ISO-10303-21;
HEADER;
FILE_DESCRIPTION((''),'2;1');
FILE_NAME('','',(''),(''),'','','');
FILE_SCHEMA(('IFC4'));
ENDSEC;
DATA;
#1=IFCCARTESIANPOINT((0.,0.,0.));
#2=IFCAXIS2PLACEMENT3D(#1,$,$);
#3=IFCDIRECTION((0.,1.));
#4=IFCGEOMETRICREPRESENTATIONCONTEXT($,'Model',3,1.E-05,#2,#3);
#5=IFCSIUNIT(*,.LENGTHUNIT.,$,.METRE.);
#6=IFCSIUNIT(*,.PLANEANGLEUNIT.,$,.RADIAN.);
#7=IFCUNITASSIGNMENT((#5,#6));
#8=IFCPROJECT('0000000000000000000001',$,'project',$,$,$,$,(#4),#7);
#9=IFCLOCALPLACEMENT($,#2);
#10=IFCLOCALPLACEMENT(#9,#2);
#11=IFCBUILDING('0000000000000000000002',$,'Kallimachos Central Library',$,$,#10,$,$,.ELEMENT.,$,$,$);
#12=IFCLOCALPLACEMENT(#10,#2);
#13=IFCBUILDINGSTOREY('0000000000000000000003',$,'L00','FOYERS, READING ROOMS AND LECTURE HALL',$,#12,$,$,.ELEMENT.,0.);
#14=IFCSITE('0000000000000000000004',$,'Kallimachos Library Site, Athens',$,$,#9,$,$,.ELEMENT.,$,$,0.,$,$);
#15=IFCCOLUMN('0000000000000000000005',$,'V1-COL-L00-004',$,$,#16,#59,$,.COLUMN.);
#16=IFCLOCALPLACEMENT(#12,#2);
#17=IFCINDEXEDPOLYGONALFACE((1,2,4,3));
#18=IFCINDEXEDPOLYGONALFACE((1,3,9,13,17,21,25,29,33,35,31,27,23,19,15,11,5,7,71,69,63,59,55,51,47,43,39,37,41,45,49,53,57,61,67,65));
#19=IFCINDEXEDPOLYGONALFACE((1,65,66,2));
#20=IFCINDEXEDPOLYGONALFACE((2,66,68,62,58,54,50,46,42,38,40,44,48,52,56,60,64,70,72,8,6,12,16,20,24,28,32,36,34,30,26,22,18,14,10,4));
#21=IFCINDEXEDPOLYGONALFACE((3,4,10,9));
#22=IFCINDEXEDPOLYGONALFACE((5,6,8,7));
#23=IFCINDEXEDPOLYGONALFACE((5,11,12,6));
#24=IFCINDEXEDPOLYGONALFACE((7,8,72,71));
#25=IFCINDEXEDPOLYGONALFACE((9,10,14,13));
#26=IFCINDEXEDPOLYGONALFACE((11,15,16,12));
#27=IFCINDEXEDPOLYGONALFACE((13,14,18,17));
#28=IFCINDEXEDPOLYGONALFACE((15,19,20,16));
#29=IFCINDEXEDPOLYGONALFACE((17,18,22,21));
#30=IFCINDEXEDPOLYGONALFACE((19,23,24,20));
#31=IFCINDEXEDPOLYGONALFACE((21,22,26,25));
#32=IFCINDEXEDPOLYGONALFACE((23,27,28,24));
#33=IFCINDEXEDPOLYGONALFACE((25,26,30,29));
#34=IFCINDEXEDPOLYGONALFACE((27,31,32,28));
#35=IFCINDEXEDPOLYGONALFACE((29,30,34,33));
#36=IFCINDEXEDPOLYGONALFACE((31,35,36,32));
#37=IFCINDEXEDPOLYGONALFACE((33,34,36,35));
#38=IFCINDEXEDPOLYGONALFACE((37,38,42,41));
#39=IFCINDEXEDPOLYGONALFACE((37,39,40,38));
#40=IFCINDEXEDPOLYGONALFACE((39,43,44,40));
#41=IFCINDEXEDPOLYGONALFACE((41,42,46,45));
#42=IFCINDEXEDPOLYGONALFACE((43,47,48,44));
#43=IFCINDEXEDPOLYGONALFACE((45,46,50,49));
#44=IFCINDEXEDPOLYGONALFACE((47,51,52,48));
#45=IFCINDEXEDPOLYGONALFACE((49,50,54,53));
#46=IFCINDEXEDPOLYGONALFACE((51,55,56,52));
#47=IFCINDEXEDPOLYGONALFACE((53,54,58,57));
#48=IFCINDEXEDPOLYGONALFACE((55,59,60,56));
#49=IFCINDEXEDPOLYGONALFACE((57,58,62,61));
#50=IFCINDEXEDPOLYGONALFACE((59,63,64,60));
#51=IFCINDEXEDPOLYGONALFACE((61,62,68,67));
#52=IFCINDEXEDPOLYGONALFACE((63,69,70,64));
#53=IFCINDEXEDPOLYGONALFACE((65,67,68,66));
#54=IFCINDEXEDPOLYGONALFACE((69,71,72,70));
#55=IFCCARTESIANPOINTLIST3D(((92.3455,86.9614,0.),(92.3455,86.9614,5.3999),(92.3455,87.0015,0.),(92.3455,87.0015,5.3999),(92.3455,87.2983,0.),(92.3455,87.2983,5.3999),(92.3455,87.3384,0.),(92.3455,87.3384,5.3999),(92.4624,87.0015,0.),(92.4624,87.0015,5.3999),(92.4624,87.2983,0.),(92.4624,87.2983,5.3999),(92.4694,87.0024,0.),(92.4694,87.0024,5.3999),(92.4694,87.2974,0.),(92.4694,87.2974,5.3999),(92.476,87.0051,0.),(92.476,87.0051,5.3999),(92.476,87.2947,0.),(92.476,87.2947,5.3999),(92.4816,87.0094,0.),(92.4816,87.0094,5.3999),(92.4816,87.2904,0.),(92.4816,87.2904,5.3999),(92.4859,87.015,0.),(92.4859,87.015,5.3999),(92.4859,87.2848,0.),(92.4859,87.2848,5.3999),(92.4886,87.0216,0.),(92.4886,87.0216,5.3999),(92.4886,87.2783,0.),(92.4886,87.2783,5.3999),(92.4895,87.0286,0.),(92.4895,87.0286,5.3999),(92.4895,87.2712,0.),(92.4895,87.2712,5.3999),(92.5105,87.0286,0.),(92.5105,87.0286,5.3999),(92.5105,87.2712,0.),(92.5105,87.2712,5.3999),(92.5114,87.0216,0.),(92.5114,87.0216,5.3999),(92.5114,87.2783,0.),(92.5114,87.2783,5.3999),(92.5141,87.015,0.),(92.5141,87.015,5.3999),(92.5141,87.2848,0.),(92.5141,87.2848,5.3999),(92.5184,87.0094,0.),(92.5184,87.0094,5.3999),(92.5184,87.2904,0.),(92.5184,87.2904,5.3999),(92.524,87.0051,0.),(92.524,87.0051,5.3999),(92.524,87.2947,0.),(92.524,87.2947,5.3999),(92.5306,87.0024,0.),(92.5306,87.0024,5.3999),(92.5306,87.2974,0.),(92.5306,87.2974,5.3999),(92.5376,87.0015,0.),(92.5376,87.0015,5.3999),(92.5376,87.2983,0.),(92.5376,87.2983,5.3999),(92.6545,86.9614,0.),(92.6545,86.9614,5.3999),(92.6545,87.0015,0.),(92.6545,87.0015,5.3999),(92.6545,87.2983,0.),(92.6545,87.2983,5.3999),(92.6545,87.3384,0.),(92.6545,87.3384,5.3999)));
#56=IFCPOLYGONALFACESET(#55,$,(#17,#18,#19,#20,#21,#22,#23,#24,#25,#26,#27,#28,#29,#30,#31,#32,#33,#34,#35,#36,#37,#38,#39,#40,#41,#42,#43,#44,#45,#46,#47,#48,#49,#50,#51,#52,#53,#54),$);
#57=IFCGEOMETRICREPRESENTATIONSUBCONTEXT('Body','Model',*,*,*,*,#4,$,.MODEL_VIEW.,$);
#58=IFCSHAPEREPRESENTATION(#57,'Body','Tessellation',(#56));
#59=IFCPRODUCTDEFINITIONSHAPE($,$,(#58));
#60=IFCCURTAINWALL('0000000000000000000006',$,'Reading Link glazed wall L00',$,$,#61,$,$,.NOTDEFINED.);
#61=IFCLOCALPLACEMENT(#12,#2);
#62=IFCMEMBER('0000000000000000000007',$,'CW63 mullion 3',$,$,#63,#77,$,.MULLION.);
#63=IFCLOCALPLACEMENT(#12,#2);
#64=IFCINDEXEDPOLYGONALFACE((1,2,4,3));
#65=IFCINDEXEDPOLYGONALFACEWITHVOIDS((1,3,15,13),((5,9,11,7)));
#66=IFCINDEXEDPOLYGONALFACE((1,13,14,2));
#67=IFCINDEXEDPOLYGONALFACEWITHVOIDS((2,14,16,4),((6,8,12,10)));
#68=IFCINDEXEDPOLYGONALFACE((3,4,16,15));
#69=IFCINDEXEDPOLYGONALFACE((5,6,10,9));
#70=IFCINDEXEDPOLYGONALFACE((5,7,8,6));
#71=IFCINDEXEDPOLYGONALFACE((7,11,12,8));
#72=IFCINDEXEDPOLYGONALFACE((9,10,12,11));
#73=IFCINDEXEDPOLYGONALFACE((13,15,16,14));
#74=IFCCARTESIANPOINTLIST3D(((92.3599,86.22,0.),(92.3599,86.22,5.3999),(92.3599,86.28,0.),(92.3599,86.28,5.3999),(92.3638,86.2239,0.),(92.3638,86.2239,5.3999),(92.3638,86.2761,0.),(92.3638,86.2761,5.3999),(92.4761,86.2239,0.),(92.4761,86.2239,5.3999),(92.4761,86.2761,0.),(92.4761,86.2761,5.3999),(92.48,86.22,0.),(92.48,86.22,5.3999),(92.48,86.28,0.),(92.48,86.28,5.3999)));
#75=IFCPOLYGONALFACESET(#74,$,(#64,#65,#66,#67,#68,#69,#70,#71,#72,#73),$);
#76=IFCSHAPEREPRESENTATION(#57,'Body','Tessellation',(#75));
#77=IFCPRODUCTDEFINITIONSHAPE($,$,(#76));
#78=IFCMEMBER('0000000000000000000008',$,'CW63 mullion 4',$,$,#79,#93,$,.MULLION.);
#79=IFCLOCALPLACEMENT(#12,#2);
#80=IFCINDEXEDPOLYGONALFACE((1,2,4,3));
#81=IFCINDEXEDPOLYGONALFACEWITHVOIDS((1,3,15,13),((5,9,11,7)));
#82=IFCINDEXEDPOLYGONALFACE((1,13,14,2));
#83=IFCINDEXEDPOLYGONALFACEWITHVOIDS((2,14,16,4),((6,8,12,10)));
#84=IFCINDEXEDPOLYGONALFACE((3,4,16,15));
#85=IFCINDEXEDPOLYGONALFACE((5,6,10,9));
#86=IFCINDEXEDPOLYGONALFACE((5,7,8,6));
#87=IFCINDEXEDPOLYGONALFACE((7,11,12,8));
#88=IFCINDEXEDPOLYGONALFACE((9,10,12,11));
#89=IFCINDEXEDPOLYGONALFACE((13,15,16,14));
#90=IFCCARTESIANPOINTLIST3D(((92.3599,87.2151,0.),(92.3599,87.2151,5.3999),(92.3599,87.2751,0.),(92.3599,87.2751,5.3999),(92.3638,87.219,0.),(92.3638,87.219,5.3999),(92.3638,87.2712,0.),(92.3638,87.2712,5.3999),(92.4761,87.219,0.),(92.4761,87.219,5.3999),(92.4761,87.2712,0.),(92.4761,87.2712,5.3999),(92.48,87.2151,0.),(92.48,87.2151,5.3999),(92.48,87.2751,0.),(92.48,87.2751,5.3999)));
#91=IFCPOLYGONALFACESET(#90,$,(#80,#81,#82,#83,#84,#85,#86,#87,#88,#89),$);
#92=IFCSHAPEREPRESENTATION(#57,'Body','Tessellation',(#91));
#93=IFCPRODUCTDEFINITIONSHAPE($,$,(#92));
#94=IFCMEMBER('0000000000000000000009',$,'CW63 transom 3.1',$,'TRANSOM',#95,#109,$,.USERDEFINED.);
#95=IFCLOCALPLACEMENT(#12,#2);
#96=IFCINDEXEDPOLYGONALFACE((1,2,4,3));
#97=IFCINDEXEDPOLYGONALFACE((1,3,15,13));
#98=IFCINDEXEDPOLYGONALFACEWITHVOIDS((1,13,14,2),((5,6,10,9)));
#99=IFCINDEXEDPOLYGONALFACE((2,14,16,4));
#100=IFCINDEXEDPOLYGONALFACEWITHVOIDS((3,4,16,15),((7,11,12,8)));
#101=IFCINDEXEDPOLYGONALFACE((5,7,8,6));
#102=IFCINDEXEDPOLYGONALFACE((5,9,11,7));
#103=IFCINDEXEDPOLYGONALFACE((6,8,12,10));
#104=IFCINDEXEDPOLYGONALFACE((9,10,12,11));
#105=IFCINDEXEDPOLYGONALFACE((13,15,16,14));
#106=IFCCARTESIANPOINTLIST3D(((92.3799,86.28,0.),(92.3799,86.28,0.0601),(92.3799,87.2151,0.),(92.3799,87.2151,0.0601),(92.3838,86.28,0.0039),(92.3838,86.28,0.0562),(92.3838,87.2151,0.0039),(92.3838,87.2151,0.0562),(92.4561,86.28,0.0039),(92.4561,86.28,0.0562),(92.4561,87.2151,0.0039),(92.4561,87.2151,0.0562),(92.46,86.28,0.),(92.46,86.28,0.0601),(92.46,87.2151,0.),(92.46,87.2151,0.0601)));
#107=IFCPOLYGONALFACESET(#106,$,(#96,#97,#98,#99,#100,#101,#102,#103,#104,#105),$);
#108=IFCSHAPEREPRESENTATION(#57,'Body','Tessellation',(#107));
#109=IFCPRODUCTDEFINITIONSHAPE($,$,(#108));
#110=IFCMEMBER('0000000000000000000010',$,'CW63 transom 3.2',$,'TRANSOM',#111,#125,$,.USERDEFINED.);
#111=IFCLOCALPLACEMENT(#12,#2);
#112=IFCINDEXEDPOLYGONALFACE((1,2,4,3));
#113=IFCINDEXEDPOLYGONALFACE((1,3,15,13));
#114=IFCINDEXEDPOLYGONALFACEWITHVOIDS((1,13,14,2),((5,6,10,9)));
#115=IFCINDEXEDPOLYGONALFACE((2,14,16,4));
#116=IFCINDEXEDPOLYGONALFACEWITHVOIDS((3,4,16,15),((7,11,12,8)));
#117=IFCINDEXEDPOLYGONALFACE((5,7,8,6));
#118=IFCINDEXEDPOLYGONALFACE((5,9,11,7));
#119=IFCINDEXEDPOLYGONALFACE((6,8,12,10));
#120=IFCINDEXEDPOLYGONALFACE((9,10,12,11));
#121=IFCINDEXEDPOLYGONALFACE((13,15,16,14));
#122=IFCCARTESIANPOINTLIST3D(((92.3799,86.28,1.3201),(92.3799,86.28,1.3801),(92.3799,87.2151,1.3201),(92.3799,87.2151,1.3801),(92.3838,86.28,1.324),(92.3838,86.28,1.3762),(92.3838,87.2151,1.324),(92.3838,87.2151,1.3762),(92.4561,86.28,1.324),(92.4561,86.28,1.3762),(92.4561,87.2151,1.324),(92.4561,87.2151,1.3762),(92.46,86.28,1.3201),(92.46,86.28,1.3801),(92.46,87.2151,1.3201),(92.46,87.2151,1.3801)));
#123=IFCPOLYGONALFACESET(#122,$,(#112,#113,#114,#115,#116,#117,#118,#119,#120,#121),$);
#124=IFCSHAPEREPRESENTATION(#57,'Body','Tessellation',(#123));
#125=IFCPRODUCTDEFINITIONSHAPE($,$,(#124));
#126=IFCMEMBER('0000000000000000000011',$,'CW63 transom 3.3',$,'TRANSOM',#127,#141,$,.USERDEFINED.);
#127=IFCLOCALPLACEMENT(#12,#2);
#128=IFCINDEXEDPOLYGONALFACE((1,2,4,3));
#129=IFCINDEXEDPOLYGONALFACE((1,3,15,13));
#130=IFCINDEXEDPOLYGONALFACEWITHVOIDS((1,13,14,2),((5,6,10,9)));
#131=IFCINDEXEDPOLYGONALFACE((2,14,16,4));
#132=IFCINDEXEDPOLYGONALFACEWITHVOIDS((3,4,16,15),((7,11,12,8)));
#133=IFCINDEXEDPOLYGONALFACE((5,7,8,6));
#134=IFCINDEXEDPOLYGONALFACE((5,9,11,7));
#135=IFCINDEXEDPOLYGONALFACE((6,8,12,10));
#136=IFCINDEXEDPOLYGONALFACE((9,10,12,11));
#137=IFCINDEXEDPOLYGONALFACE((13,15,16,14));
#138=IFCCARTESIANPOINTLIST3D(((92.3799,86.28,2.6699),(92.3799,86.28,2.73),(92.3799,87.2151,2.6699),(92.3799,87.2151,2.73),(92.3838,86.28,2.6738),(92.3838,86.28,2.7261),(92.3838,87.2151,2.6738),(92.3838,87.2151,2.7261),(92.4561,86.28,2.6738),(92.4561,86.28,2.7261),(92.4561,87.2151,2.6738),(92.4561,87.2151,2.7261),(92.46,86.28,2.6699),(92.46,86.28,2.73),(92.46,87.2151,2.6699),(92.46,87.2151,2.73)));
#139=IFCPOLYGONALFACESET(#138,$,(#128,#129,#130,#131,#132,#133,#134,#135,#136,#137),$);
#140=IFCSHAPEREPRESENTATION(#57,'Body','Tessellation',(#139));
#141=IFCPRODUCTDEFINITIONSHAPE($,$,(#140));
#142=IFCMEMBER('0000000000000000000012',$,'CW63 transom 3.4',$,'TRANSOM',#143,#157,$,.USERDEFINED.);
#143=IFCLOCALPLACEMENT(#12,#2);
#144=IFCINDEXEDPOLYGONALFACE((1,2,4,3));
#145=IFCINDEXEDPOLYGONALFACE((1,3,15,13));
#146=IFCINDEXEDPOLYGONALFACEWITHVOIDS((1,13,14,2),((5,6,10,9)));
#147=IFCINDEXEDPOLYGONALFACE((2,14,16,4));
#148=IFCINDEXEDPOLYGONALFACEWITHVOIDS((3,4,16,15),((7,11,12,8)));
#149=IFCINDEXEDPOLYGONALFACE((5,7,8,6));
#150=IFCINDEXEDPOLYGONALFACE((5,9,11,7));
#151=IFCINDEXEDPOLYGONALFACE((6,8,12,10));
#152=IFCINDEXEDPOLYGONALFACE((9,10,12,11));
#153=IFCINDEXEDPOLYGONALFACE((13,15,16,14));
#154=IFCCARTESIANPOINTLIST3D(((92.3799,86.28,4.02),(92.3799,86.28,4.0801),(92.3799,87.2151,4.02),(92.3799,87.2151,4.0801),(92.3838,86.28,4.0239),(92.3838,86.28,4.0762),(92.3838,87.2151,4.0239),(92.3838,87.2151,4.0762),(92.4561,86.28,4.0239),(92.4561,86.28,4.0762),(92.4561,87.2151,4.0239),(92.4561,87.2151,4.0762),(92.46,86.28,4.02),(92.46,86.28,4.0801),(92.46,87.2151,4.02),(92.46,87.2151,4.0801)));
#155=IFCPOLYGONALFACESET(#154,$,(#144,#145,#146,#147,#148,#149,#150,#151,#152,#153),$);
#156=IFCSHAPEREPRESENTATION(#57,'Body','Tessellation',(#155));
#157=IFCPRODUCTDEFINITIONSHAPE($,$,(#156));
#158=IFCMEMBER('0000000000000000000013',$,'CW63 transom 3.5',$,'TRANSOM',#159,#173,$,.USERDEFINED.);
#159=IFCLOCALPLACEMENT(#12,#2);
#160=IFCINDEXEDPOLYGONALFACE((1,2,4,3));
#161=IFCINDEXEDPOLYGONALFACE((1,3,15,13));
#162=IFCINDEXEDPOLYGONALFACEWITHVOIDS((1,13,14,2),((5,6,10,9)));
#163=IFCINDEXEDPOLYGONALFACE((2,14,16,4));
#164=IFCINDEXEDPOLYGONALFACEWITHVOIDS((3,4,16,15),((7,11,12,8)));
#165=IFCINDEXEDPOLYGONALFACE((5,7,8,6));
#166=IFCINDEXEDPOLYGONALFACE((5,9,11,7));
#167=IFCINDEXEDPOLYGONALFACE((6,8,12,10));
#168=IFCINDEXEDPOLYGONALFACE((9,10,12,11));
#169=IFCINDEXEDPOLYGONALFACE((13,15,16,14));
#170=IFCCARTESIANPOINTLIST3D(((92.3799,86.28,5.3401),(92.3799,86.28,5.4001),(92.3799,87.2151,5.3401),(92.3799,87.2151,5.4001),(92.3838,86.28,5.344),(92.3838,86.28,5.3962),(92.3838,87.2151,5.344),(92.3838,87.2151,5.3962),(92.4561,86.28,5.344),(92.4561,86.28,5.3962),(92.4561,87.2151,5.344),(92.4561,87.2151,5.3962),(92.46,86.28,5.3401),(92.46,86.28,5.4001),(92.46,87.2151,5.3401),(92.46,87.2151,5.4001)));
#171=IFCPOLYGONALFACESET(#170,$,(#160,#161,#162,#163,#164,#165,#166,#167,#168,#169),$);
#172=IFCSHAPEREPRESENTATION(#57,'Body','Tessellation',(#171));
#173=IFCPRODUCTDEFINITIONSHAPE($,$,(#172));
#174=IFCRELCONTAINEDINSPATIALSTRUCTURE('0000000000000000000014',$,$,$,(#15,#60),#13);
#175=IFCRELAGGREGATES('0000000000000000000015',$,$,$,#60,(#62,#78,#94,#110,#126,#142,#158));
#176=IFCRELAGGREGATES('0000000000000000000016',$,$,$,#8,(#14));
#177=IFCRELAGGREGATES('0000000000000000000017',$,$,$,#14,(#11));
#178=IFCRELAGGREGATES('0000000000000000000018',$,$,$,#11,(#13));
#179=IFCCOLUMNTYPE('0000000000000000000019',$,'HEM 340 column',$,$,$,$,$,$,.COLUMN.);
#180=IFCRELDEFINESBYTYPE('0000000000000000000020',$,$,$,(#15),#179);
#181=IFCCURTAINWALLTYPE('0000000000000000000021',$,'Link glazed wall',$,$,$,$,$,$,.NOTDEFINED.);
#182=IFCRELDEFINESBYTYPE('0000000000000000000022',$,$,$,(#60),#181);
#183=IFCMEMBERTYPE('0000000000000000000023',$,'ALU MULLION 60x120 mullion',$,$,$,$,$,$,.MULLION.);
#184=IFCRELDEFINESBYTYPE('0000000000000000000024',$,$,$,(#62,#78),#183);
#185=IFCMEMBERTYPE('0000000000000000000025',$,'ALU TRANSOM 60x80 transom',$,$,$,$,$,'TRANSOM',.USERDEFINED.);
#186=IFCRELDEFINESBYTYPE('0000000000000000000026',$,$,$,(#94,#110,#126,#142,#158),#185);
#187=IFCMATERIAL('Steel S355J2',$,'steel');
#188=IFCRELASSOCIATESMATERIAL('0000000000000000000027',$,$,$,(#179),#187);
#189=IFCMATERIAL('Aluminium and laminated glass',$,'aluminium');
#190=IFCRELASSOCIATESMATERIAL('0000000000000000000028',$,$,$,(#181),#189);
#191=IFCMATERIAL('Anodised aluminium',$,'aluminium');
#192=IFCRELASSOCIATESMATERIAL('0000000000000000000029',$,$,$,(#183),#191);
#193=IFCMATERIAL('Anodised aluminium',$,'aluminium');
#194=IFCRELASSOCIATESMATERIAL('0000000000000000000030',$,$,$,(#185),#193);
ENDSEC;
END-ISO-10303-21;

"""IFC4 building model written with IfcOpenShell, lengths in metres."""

from ifc_helpers import new_model, si_unit, direction, frame, origin, origin_2d, place, context, subcontext, project, spatial, hollow_rectangle, i_section, extrude, material, material_profile, profile_set, type_object, element, aggregate, save


model = new_model("IFC4")

# Units and contexts
model_context = context("Model", 3, precision=1e-05, world=origin(), true_north=direction((0.0, 1.0)))
body_context = subcontext(model_context, "Body", "Model", "MODEL_VIEW")
ifc_project = project(units=[si_unit("LENGTHUNIT", "METRE"), si_unit("PLANEANGLEUNIT", "RADIAN")], contexts=[model_context])

# Site, building, storey
site_placement = place(None, origin())
site = spatial("IfcSite", under=ifc_project, at=site_placement, Name="Kallimachos Library Site, Athens", CompositionType="ELEMENT", RefElevation=0.0)
building_placement = place(site_placement, origin())
building = spatial("IfcBuilding", under=site, at=building_placement, Name="Kallimachos Central Library", CompositionType="ELEMENT")
storey_placement = place(building_placement, origin())
storey = spatial("IfcBuildingStorey", under=building, at=storey_placement, Name="L00", Description="FOYERS, READING ROOMS AND LECTURE HALL", CompositionType="ELEMENT", Elevation=0.0)

# Column
ifc_material_1 = material(Name="Steel S355J2", Category="steel")
ifc_material_profile_1 = material_profile(ifc_material_1, i_section(OverallWidth=0.3091, OverallDepth=0.377, WebThickness=0.021, FlangeThickness=0.04, FilletRadius=0.0271, at=origin_2d()), Name="HEM 340")
ifc_profile_set_1 = profile_set([ifc_material_profile_1], Name="Steel S355J2")
column_type = type_object("IfcColumnType", Name="HEM 340 column", PredefinedType="COLUMN", material=ifc_profile_set_1)
column_placement = place(storey_placement, frame((92.5, 87.1499, 0.0), z_axis=(0.0, 0.0, 1.0), x_axis=(1.0, 0.0, 0.0)))
element("IfcColumn", 1, at=column_placement, inside=storey, type_object=column_type, Name="V1-COL-L00-004", PredefinedType="COLUMN", context=body_context, shape_type="SweptSolid", body=[
    extrude(i_section(OverallWidth=0.3091, OverallDepth=0.377, WebThickness=0.021, FlangeThickness=0.04, FilletRadius=0.0271, at=origin_2d()), origin(), (0.0, 0.0, 1.0), 5.3999),
])

# Curtain wall, members
ifc_material_2 = material(Name="Aluminium and laminated glass", Category="aluminium")
curtain_wall_type = type_object("IfcCurtainWallType", Name="Link glazed wall", PredefinedType="NOTDEFINED", material=ifc_material_2)
curtain_wall_placement = place(storey_placement, origin())
curtain_wall = element("IfcCurtainWall", 2, at=curtain_wall_placement, inside=storey, type_object=curtain_wall_type, Name="Reading Link glazed wall L00", PredefinedType="NOTDEFINED")
ifc_material_3 = material(Name="Anodised aluminium", Category="aluminium")
ifc_material_profile_2 = material_profile(ifc_material_3, hollow_rectangle(XDim=0.0601, YDim=0.1201, WallThickness=0.0039, at=origin_2d()), Name="ALU MULLION 60x120")
ifc_profile_set_2 = profile_set([ifc_material_profile_2], Name="Anodised aluminium")
member_type_1 = type_object("IfcMemberType", Name="ALU MULLION 60x120 mullion", PredefinedType="MULLION", material=ifc_profile_set_2)
member_1_placement = place(storey_placement, frame((92.4199, 86.25, 0.0), z_axis=(0.0, 0.0, 1.0), x_axis=(0.0, 1.0, 0.0)))
member_1 = element("IfcMember", 3, at=member_1_placement, type_object=member_type_1, Name="CW63 mullion 3", PredefinedType="MULLION", context=body_context, shape_type="SweptSolid", body=[
    extrude(hollow_rectangle(XDim=0.0601, YDim=0.1201, WallThickness=0.0039, at=origin_2d()), origin(), (0.0, 0.0, 1.0), 5.3999),
])
member_2_placement = place(storey_placement, frame((92.4199, 87.2451, 0.0), z_axis=(0.0, 0.0, 1.0), x_axis=(0.0, 1.0, 0.0)))
member_2 = element("IfcMember", 4, at=member_2_placement, type_object=member_type_1, Name="CW63 mullion 4", PredefinedType="MULLION", context=body_context, shape_type="SweptSolid", body=[
    extrude(hollow_rectangle(XDim=0.0601, YDim=0.1201, WallThickness=0.0039, at=origin_2d()), origin(), (0.0, 0.0, 1.0), 5.3999),
])
ifc_material_4 = material(Name="Anodised aluminium", Category="aluminium")
ifc_material_profile_3 = material_profile(ifc_material_4, hollow_rectangle(XDim=0.0601, YDim=0.0801, WallThickness=0.0039, at=origin_2d()), Name="ALU TRANSOM 60x80")
ifc_profile_set_3 = profile_set([ifc_material_profile_3], Name="Anodised aluminium")
member_type_2 = type_object("IfcMemberType", Name="ALU TRANSOM 60x80 transom", ElementType="TRANSOM", PredefinedType="USERDEFINED", material=ifc_profile_set_3)
member_3_placement = place(storey_placement, frame((92.4199, 86.28, 0.03), z_axis=(0.0, 1.0, 0.0), x_axis=(0.0, 0.0, 1.0)))
member_3 = element("IfcMember", 5, at=member_3_placement, type_object=member_type_2, Name="CW63 transom 3.1", ObjectType="TRANSOM", PredefinedType="USERDEFINED", context=body_context, shape_type="SweptSolid", body=[
    extrude(hollow_rectangle(XDim=0.0601, YDim=0.0801, WallThickness=0.0039, at=origin_2d()), origin(), (0.0, 0.0, 1.0), 0.9351),
])
member_4_placement = place(storey_placement, frame((92.4199, 86.28, 1.3501), z_axis=(0.0, 1.0, 0.0), x_axis=(0.0, 0.0, 1.0)))
member_4 = element("IfcMember", 6, at=member_4_placement, type_object=member_type_2, Name="CW63 transom 3.2", ObjectType="TRANSOM", PredefinedType="USERDEFINED", context=body_context, shape_type="SweptSolid", body=[
    extrude(hollow_rectangle(XDim=0.0601, YDim=0.0801, WallThickness=0.0039, at=origin_2d()), origin(), (0.0, 0.0, 1.0), 0.9351),
])
member_5_placement = place(storey_placement, frame((92.4199, 86.28, 2.7), z_axis=(0.0, 1.0, 0.0), x_axis=(0.0, 0.0, 1.0)))
member_5 = element("IfcMember", 7, at=member_5_placement, type_object=member_type_2, Name="CW63 transom 3.3", ObjectType="TRANSOM", PredefinedType="USERDEFINED", context=body_context, shape_type="SweptSolid", body=[
    extrude(hollow_rectangle(XDim=0.0601, YDim=0.0801, WallThickness=0.0039, at=origin_2d()), origin(), (0.0, 0.0, 1.0), 0.9351),
])
member_6_placement = place(storey_placement, frame((92.4199, 86.28, 4.05), z_axis=(0.0, 1.0, 0.0), x_axis=(0.0, 0.0, 1.0)))
member_6 = element("IfcMember", 8, at=member_6_placement, type_object=member_type_2, Name="CW63 transom 3.4", ObjectType="TRANSOM", PredefinedType="USERDEFINED", context=body_context, shape_type="SweptSolid", body=[
    extrude(hollow_rectangle(XDim=0.0601, YDim=0.0801, WallThickness=0.0039, at=origin_2d()), origin(), (0.0, 0.0, 1.0), 0.9351),
])
member_7_placement = place(storey_placement, frame((92.4199, 86.28, 5.3701), z_axis=(0.0, 1.0, 0.0), x_axis=(0.0, 0.0, 1.0)))
member_7 = element("IfcMember", 9, at=member_7_placement, type_object=member_type_2, Name="CW63 transom 3.5", ObjectType="TRANSOM", PredefinedType="USERDEFINED", context=body_context, shape_type="SweptSolid", body=[
    extrude(hollow_rectangle(XDim=0.0601, YDim=0.0801, WallThickness=0.0039, at=origin_2d()), origin(), (0.0, 0.0, 1.0), 0.9351),
])

aggregate(curtain_wall, [member_1, member_2, member_3, member_4, member_5, member_6, member_7])

save(model, "model.ifc")
